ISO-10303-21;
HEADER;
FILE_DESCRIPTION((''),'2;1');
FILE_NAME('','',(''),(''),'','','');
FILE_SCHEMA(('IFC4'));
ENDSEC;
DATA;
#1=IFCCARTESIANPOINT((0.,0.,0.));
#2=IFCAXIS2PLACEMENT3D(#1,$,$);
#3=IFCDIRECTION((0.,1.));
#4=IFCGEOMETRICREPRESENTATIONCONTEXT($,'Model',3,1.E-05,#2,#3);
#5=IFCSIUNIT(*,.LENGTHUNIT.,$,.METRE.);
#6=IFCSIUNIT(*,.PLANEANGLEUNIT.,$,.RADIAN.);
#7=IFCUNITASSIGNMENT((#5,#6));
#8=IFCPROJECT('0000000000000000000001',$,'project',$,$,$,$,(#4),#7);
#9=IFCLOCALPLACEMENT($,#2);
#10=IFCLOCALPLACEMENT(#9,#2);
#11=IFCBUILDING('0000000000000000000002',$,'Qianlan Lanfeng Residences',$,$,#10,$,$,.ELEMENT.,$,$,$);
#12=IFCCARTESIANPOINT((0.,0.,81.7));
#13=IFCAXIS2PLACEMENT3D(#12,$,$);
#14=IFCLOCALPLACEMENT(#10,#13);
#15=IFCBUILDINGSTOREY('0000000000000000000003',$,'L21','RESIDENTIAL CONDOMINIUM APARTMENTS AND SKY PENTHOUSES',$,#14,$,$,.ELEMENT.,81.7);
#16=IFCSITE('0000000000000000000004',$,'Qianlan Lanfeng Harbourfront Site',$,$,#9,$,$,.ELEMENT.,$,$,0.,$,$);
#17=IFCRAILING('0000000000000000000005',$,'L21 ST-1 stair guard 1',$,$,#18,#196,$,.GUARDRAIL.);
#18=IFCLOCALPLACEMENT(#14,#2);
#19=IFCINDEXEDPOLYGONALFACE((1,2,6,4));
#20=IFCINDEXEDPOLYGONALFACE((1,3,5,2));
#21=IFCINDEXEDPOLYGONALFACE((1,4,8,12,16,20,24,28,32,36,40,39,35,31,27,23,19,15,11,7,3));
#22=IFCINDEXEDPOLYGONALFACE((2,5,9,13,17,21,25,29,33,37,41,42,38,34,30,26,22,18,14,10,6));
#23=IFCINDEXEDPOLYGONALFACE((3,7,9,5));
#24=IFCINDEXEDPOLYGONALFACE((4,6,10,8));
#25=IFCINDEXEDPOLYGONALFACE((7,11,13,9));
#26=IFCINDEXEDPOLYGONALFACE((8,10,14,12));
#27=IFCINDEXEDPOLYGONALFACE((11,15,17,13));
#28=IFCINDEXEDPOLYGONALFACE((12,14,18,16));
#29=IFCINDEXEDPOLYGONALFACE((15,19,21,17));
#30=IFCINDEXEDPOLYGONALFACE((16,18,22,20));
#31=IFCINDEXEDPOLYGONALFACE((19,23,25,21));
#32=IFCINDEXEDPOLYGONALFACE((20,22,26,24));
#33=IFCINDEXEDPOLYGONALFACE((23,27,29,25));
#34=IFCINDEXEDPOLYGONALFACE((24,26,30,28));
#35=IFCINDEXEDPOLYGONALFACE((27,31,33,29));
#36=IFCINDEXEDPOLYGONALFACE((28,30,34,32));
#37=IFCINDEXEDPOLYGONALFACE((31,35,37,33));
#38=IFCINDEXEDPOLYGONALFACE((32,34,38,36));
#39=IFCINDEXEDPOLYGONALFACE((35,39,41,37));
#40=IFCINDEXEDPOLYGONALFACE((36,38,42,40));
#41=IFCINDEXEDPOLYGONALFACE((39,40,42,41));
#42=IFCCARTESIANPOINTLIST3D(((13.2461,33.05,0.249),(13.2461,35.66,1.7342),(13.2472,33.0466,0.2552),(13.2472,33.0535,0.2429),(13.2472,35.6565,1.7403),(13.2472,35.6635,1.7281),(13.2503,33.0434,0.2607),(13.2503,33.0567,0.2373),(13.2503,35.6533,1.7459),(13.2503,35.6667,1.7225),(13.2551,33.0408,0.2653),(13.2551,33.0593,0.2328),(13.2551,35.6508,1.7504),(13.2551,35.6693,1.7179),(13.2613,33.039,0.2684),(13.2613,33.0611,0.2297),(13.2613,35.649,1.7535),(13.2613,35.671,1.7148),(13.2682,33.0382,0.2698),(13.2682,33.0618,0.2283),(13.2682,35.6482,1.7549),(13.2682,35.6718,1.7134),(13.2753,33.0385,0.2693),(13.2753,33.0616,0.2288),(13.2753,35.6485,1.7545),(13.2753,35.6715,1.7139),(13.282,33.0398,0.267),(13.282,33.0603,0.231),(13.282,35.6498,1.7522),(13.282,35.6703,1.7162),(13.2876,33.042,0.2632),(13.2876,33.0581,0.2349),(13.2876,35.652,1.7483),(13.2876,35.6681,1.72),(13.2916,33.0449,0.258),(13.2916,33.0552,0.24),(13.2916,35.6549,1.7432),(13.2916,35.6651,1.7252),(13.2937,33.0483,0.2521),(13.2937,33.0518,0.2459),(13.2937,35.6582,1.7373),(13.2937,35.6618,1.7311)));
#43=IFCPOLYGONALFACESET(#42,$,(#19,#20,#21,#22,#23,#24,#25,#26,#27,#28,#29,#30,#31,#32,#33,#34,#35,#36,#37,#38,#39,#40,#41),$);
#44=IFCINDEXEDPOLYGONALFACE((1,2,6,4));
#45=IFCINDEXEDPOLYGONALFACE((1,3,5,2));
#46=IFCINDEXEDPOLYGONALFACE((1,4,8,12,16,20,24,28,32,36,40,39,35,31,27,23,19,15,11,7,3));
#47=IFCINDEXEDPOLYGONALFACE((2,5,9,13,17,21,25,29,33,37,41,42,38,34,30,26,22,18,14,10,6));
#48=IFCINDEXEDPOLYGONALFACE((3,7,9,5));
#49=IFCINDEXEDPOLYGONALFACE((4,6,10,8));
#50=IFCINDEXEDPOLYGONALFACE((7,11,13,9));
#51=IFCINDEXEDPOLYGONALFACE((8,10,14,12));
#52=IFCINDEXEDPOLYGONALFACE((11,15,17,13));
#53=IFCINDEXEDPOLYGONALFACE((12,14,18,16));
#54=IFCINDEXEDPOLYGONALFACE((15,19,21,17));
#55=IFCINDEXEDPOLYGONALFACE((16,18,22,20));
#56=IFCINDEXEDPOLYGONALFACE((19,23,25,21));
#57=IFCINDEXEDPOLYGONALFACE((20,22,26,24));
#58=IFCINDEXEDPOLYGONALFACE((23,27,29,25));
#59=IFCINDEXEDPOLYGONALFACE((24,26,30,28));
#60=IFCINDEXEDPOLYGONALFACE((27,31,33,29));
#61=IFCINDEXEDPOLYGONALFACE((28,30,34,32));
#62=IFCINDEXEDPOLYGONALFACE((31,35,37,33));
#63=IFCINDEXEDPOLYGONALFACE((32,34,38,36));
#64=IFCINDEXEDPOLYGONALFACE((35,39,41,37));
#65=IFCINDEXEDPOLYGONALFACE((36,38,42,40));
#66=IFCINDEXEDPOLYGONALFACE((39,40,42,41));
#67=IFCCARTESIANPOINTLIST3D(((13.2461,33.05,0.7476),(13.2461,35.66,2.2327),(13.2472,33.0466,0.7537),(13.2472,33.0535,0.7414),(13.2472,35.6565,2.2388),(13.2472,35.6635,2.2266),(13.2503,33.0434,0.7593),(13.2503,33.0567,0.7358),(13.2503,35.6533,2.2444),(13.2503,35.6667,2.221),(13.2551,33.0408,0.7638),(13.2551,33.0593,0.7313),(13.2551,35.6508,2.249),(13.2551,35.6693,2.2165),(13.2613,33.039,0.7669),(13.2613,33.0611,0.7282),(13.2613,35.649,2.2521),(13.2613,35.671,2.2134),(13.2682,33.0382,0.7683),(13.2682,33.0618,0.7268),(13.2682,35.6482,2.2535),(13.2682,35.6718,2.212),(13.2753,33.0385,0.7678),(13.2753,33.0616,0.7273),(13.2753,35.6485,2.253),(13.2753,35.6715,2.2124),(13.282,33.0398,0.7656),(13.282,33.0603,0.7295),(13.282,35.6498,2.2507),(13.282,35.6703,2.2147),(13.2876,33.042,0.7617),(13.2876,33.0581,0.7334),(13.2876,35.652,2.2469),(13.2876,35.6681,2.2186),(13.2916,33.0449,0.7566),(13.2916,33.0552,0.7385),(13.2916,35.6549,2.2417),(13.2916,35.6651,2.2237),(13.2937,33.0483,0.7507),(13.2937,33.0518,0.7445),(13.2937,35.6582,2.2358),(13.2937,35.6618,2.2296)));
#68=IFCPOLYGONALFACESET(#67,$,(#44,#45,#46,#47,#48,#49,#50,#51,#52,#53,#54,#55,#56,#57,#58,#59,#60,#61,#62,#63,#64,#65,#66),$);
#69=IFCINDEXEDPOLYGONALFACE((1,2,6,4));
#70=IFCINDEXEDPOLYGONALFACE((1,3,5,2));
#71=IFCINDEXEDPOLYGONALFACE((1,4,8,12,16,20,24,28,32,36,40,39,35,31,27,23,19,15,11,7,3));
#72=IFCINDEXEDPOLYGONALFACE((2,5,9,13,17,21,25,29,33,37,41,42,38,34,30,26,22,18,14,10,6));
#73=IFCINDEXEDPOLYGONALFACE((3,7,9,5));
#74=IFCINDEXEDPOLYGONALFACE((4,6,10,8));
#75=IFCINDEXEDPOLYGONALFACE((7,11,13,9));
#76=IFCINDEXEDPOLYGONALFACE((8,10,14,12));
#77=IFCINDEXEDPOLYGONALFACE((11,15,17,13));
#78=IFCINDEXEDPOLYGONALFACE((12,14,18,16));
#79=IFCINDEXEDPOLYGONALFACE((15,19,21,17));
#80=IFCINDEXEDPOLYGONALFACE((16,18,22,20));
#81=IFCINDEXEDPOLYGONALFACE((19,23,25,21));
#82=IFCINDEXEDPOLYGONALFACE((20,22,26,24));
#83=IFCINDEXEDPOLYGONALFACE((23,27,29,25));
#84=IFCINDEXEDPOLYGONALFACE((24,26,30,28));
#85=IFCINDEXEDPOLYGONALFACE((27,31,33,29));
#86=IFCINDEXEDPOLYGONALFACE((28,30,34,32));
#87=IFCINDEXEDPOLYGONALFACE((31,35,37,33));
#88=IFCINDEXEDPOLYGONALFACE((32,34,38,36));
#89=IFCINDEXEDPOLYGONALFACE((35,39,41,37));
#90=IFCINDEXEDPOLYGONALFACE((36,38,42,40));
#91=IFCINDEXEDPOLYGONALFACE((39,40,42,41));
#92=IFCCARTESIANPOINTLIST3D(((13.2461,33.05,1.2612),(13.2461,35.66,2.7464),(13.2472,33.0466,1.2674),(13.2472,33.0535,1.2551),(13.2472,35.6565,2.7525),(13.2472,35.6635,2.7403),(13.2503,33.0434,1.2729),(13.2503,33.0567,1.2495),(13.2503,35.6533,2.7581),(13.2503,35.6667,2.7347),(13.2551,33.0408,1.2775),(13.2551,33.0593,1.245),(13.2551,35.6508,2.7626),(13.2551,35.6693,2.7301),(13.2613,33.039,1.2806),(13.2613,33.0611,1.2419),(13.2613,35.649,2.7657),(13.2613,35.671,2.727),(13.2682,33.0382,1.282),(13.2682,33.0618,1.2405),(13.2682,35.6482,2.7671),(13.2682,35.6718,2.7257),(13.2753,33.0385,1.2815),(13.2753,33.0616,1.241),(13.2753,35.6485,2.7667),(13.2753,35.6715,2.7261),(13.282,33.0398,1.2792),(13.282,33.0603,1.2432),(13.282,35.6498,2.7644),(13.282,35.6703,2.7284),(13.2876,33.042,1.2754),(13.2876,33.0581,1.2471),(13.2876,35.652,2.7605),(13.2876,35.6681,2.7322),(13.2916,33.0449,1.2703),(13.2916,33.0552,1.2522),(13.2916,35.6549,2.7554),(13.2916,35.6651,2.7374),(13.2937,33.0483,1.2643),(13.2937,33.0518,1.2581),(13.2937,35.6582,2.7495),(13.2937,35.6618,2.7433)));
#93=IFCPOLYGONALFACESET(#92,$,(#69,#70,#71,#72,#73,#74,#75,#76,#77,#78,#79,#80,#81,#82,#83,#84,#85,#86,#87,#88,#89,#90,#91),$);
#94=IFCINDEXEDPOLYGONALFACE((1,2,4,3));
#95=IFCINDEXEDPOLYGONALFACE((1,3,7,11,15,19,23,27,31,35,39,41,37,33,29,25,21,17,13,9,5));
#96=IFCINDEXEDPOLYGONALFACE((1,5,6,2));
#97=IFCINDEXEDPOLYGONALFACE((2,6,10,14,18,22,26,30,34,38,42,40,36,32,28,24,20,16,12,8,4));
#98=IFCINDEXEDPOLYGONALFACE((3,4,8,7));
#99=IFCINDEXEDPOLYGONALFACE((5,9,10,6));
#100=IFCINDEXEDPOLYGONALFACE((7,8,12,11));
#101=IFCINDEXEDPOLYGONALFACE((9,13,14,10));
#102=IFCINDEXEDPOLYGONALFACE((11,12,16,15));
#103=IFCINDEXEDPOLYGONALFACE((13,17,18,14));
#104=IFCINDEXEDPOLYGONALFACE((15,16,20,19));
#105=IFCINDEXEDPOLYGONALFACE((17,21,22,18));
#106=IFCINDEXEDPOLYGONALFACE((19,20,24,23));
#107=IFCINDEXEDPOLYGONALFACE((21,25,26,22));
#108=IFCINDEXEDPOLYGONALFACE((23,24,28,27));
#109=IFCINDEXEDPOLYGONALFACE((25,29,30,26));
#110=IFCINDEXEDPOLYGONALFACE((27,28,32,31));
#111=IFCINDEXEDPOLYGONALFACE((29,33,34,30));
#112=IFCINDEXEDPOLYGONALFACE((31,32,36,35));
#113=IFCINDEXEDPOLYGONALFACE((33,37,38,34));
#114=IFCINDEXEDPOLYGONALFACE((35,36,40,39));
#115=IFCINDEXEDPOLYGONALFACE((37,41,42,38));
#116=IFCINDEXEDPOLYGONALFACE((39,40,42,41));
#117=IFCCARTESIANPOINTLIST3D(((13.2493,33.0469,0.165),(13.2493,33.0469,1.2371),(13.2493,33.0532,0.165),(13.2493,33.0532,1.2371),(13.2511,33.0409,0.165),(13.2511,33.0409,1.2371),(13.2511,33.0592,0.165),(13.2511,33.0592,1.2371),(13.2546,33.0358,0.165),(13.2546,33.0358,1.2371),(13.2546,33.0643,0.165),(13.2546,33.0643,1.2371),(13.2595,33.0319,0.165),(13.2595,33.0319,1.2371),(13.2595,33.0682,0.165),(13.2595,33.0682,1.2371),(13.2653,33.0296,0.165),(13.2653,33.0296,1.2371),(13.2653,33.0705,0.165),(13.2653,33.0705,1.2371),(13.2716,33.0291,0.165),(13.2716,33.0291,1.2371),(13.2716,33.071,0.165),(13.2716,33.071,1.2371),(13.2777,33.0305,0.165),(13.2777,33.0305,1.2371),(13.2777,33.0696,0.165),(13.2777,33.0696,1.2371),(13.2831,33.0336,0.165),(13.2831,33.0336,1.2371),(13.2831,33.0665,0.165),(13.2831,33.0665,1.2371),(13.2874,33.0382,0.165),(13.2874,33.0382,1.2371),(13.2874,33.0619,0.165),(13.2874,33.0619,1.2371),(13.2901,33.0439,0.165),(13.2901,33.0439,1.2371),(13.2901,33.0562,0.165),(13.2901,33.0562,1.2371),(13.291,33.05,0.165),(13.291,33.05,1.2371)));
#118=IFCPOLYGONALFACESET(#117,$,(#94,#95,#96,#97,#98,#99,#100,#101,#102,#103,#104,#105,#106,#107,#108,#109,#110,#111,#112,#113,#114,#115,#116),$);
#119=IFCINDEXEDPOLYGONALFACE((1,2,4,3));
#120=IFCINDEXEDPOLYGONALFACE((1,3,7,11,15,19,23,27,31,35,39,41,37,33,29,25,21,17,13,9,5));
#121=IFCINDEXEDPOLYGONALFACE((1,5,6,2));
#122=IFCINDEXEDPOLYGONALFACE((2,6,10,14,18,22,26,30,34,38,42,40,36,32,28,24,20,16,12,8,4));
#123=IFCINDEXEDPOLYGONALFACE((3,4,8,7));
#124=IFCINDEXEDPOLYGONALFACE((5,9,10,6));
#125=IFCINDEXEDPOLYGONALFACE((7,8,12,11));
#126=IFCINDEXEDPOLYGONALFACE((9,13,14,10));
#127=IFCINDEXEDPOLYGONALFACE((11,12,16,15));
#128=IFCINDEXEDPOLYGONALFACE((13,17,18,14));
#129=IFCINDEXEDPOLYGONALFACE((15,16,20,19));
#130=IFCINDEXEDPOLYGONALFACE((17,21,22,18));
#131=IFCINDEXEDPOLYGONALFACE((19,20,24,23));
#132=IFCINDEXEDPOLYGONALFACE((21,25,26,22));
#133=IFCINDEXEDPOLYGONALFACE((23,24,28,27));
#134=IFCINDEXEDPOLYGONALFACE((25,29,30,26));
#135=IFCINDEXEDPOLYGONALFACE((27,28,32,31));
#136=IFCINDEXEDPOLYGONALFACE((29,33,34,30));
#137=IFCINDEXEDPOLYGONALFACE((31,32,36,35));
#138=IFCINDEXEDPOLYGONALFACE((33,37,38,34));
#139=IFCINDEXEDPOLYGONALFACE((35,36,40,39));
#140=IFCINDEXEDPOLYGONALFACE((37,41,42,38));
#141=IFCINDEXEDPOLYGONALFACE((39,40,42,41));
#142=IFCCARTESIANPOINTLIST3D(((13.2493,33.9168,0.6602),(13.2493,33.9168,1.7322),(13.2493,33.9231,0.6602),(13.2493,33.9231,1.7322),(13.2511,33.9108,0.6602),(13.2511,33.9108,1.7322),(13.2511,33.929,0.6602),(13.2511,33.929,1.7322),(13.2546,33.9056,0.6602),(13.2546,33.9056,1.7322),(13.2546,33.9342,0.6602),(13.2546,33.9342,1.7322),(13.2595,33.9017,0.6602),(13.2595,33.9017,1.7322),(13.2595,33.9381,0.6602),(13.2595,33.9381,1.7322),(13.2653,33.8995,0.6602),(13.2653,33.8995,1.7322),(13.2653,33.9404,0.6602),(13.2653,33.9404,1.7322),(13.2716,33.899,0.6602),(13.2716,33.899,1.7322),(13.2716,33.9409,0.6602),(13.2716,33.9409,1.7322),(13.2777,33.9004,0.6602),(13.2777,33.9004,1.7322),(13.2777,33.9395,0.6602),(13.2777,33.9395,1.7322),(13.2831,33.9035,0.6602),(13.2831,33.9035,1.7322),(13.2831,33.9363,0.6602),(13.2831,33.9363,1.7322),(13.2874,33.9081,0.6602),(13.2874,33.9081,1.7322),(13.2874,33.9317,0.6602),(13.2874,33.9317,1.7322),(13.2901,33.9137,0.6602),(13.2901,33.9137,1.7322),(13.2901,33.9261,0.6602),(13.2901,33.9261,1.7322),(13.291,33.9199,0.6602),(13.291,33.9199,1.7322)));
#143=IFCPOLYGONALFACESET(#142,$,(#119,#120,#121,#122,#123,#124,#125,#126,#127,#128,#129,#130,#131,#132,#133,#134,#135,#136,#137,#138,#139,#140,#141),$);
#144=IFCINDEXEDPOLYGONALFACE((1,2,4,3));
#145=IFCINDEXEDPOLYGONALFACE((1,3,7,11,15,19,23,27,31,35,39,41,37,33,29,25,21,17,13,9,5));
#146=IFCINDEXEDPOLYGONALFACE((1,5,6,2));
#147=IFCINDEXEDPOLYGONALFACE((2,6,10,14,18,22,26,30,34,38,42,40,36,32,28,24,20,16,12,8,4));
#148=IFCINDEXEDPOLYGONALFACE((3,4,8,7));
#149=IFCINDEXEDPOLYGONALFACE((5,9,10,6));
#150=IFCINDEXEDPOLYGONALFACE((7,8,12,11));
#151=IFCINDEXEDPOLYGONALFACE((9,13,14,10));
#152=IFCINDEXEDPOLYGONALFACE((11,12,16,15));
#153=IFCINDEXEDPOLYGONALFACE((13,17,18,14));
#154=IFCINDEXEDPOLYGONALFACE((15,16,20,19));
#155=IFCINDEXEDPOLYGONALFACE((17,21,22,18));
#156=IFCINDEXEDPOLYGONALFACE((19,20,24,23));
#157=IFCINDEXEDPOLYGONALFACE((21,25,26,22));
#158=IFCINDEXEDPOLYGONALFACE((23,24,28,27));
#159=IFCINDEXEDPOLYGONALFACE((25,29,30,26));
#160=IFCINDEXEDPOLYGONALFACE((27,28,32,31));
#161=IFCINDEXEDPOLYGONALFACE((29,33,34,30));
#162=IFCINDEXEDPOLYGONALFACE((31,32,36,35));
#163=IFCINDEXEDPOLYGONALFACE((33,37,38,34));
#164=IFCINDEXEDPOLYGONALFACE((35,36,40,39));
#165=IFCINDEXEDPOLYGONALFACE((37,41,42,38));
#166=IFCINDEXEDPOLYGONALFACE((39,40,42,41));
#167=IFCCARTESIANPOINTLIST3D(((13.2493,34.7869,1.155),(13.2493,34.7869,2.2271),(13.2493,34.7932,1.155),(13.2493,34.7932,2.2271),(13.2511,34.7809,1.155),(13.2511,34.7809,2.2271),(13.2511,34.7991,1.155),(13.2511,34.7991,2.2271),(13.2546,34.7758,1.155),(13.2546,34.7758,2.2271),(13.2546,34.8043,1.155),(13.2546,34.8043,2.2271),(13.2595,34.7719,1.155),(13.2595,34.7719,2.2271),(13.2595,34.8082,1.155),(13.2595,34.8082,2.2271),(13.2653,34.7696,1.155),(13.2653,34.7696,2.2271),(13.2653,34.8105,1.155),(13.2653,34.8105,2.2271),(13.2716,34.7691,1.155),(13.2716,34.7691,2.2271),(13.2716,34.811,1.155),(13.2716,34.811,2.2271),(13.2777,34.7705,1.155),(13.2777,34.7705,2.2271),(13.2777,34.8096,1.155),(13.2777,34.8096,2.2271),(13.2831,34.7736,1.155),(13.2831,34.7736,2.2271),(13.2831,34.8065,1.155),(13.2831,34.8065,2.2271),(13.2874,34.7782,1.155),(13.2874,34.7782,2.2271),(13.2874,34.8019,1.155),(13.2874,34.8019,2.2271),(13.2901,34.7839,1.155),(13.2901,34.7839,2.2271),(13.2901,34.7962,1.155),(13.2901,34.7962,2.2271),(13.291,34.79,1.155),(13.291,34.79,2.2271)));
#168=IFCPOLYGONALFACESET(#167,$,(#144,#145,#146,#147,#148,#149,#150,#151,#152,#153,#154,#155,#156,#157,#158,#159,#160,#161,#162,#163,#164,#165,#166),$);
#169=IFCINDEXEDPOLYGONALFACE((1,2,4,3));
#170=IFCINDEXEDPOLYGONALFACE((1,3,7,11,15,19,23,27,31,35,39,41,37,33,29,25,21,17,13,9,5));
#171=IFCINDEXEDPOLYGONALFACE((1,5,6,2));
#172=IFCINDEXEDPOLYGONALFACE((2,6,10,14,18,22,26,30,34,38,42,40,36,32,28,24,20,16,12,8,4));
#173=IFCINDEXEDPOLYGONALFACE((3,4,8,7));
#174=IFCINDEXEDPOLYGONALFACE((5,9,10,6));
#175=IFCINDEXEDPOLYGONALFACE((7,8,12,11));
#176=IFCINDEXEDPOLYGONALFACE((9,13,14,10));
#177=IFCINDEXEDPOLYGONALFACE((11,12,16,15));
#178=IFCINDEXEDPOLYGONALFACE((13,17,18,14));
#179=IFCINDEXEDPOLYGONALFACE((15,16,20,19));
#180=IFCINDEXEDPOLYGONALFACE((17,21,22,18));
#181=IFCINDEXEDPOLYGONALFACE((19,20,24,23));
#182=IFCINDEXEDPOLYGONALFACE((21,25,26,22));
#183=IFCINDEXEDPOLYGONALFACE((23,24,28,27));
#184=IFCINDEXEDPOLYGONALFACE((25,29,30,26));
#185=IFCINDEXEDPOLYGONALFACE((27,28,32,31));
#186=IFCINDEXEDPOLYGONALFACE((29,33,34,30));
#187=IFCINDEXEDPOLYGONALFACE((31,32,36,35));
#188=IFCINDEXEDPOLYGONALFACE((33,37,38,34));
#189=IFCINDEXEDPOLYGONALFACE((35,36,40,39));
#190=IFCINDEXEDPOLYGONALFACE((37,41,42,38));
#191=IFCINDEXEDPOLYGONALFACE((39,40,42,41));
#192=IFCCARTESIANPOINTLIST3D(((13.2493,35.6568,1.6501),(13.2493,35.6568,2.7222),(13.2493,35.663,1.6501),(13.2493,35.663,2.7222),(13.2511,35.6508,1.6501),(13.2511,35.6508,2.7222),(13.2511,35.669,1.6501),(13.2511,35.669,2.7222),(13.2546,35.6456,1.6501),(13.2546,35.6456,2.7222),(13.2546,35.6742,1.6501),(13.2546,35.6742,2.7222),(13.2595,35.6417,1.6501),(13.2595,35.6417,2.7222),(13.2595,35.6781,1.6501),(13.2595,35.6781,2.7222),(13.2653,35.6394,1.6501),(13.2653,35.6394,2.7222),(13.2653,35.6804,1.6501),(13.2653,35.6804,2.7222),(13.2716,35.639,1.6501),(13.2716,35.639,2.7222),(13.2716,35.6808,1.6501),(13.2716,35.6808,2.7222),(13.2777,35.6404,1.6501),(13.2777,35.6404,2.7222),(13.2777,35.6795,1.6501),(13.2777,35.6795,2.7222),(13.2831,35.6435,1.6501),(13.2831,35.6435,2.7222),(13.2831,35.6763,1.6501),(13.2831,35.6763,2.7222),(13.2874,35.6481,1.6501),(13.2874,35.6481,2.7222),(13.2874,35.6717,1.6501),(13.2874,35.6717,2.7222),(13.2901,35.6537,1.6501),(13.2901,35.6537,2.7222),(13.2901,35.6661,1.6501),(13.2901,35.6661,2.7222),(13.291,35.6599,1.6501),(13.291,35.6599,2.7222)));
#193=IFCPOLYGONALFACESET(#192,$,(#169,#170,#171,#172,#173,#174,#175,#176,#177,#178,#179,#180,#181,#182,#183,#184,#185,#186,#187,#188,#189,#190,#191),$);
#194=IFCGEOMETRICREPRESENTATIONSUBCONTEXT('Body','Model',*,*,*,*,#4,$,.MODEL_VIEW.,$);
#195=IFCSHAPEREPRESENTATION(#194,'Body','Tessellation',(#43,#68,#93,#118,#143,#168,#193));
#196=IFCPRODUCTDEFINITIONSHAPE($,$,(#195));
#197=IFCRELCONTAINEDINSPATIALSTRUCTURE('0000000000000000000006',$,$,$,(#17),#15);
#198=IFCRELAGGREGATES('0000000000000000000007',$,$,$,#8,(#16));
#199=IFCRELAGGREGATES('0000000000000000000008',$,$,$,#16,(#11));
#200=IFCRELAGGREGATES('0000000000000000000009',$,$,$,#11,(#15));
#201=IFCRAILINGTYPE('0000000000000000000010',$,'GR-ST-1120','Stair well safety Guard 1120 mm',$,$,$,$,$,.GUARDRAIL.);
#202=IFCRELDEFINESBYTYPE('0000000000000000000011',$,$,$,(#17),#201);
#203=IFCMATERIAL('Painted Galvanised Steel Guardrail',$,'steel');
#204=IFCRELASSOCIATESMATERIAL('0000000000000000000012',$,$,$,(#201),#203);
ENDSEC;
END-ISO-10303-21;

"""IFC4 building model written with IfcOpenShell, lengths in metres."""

from ifc_helpers import new_model, si_unit, direction, frame, origin, origin_2d, place, context, subcontext, project, spatial, circle, extrude, material, type_object, element, save


model = new_model("IFC4")

# Units and contexts
model_context = context("Model", 3, precision=1e-05, world=origin(), true_north=direction((0.0, 1.0)))
body_context = subcontext(model_context, "Body", "Model", "MODEL_VIEW")
ifc_project = project(units=[si_unit("LENGTHUNIT", "METRE"), si_unit("PLANEANGLEUNIT", "RADIAN")], contexts=[model_context])

# Site, building, storey
site_placement = place(None, origin())
site = spatial("IfcSite", under=ifc_project, at=site_placement, Name="Qianlan Lanfeng Harbourfront Site", CompositionType="ELEMENT", RefElevation=0.0)
building_placement = place(site_placement, origin())
building = spatial("IfcBuilding", under=site, at=building_placement, Name="Qianlan Lanfeng Residences", CompositionType="ELEMENT")
storey_placement = place(building_placement, frame((0.0, 0.0, 81.7)))
storey = spatial("IfcBuildingStorey", under=building, at=storey_placement, Name="L21", Description="RESIDENTIAL CONDOMINIUM APARTMENTS AND SKY PENTHOUSES", CompositionType="ELEMENT", Elevation=81.7)

# Railing
ifc_material_1 = material(Name="Painted Galvanised Steel Guardrail", Category="steel")
railing_type_1 = type_object("IfcRailingType", Name="GR-ST-1120", Description="Stair well safety Guard 1120 mm", PredefinedType="GUARDRAIL", material=ifc_material_1)
railing_1_placement = place(storey_placement, frame((13.27, 33.05, 0.165)))
element("IfcRailing", 1, at=railing_1_placement, inside=storey, type_object=railing_type_1, Name="L21 ST-1 stair guard 1", PredefinedType="GUARDRAIL", context=body_context, shape_type="SweptSolid", body=[
    extrude(circle(Radius=0.0239, at=origin_2d()), frame((0.0, 0.0, 0.084), z_axis=(0.0, 0.869137, 0.494571), x_axis=(-1.0, 0.0, 0.0)), (0.0, 0.0, 1.0), 3.0029),
    extrude(circle(Radius=0.0239, at=origin_2d()), frame((0.0, 0.0, 0.5825), z_axis=(0.0, 0.869137, 0.494571), x_axis=(-1.0, 0.0, 0.0)), (0.0, 0.0, 1.0), 3.0029),
    extrude(circle(Radius=0.0239, at=origin_2d()), frame((0.0, 0.0, 1.0962), z_axis=(0.0, 0.869137, 0.494571), x_axis=(-1.0, 0.0, 0.0)), (0.0, 0.0, 1.0), 3.0029),
    extrude(circle(Radius=0.021, at=origin_2d()), origin(), (0.0, 0.0, 1.0), 1.072),
    extrude(circle(Radius=0.021, at=origin_2d()), frame((0.0, 0.8699, 0.4951)), (0.0, 0.0, 1.0), 1.072),
    extrude(circle(Radius=0.021, at=origin_2d()), frame((0.0, 1.74, 0.99)), (0.0, 0.0, 1.0), 1.072),
    extrude(circle(Radius=0.021, at=origin_2d()), frame((0.0, 2.6099, 1.4851)), (0.0, 0.0, 1.0), 1.072),
])

save(model, "model.ifc")
